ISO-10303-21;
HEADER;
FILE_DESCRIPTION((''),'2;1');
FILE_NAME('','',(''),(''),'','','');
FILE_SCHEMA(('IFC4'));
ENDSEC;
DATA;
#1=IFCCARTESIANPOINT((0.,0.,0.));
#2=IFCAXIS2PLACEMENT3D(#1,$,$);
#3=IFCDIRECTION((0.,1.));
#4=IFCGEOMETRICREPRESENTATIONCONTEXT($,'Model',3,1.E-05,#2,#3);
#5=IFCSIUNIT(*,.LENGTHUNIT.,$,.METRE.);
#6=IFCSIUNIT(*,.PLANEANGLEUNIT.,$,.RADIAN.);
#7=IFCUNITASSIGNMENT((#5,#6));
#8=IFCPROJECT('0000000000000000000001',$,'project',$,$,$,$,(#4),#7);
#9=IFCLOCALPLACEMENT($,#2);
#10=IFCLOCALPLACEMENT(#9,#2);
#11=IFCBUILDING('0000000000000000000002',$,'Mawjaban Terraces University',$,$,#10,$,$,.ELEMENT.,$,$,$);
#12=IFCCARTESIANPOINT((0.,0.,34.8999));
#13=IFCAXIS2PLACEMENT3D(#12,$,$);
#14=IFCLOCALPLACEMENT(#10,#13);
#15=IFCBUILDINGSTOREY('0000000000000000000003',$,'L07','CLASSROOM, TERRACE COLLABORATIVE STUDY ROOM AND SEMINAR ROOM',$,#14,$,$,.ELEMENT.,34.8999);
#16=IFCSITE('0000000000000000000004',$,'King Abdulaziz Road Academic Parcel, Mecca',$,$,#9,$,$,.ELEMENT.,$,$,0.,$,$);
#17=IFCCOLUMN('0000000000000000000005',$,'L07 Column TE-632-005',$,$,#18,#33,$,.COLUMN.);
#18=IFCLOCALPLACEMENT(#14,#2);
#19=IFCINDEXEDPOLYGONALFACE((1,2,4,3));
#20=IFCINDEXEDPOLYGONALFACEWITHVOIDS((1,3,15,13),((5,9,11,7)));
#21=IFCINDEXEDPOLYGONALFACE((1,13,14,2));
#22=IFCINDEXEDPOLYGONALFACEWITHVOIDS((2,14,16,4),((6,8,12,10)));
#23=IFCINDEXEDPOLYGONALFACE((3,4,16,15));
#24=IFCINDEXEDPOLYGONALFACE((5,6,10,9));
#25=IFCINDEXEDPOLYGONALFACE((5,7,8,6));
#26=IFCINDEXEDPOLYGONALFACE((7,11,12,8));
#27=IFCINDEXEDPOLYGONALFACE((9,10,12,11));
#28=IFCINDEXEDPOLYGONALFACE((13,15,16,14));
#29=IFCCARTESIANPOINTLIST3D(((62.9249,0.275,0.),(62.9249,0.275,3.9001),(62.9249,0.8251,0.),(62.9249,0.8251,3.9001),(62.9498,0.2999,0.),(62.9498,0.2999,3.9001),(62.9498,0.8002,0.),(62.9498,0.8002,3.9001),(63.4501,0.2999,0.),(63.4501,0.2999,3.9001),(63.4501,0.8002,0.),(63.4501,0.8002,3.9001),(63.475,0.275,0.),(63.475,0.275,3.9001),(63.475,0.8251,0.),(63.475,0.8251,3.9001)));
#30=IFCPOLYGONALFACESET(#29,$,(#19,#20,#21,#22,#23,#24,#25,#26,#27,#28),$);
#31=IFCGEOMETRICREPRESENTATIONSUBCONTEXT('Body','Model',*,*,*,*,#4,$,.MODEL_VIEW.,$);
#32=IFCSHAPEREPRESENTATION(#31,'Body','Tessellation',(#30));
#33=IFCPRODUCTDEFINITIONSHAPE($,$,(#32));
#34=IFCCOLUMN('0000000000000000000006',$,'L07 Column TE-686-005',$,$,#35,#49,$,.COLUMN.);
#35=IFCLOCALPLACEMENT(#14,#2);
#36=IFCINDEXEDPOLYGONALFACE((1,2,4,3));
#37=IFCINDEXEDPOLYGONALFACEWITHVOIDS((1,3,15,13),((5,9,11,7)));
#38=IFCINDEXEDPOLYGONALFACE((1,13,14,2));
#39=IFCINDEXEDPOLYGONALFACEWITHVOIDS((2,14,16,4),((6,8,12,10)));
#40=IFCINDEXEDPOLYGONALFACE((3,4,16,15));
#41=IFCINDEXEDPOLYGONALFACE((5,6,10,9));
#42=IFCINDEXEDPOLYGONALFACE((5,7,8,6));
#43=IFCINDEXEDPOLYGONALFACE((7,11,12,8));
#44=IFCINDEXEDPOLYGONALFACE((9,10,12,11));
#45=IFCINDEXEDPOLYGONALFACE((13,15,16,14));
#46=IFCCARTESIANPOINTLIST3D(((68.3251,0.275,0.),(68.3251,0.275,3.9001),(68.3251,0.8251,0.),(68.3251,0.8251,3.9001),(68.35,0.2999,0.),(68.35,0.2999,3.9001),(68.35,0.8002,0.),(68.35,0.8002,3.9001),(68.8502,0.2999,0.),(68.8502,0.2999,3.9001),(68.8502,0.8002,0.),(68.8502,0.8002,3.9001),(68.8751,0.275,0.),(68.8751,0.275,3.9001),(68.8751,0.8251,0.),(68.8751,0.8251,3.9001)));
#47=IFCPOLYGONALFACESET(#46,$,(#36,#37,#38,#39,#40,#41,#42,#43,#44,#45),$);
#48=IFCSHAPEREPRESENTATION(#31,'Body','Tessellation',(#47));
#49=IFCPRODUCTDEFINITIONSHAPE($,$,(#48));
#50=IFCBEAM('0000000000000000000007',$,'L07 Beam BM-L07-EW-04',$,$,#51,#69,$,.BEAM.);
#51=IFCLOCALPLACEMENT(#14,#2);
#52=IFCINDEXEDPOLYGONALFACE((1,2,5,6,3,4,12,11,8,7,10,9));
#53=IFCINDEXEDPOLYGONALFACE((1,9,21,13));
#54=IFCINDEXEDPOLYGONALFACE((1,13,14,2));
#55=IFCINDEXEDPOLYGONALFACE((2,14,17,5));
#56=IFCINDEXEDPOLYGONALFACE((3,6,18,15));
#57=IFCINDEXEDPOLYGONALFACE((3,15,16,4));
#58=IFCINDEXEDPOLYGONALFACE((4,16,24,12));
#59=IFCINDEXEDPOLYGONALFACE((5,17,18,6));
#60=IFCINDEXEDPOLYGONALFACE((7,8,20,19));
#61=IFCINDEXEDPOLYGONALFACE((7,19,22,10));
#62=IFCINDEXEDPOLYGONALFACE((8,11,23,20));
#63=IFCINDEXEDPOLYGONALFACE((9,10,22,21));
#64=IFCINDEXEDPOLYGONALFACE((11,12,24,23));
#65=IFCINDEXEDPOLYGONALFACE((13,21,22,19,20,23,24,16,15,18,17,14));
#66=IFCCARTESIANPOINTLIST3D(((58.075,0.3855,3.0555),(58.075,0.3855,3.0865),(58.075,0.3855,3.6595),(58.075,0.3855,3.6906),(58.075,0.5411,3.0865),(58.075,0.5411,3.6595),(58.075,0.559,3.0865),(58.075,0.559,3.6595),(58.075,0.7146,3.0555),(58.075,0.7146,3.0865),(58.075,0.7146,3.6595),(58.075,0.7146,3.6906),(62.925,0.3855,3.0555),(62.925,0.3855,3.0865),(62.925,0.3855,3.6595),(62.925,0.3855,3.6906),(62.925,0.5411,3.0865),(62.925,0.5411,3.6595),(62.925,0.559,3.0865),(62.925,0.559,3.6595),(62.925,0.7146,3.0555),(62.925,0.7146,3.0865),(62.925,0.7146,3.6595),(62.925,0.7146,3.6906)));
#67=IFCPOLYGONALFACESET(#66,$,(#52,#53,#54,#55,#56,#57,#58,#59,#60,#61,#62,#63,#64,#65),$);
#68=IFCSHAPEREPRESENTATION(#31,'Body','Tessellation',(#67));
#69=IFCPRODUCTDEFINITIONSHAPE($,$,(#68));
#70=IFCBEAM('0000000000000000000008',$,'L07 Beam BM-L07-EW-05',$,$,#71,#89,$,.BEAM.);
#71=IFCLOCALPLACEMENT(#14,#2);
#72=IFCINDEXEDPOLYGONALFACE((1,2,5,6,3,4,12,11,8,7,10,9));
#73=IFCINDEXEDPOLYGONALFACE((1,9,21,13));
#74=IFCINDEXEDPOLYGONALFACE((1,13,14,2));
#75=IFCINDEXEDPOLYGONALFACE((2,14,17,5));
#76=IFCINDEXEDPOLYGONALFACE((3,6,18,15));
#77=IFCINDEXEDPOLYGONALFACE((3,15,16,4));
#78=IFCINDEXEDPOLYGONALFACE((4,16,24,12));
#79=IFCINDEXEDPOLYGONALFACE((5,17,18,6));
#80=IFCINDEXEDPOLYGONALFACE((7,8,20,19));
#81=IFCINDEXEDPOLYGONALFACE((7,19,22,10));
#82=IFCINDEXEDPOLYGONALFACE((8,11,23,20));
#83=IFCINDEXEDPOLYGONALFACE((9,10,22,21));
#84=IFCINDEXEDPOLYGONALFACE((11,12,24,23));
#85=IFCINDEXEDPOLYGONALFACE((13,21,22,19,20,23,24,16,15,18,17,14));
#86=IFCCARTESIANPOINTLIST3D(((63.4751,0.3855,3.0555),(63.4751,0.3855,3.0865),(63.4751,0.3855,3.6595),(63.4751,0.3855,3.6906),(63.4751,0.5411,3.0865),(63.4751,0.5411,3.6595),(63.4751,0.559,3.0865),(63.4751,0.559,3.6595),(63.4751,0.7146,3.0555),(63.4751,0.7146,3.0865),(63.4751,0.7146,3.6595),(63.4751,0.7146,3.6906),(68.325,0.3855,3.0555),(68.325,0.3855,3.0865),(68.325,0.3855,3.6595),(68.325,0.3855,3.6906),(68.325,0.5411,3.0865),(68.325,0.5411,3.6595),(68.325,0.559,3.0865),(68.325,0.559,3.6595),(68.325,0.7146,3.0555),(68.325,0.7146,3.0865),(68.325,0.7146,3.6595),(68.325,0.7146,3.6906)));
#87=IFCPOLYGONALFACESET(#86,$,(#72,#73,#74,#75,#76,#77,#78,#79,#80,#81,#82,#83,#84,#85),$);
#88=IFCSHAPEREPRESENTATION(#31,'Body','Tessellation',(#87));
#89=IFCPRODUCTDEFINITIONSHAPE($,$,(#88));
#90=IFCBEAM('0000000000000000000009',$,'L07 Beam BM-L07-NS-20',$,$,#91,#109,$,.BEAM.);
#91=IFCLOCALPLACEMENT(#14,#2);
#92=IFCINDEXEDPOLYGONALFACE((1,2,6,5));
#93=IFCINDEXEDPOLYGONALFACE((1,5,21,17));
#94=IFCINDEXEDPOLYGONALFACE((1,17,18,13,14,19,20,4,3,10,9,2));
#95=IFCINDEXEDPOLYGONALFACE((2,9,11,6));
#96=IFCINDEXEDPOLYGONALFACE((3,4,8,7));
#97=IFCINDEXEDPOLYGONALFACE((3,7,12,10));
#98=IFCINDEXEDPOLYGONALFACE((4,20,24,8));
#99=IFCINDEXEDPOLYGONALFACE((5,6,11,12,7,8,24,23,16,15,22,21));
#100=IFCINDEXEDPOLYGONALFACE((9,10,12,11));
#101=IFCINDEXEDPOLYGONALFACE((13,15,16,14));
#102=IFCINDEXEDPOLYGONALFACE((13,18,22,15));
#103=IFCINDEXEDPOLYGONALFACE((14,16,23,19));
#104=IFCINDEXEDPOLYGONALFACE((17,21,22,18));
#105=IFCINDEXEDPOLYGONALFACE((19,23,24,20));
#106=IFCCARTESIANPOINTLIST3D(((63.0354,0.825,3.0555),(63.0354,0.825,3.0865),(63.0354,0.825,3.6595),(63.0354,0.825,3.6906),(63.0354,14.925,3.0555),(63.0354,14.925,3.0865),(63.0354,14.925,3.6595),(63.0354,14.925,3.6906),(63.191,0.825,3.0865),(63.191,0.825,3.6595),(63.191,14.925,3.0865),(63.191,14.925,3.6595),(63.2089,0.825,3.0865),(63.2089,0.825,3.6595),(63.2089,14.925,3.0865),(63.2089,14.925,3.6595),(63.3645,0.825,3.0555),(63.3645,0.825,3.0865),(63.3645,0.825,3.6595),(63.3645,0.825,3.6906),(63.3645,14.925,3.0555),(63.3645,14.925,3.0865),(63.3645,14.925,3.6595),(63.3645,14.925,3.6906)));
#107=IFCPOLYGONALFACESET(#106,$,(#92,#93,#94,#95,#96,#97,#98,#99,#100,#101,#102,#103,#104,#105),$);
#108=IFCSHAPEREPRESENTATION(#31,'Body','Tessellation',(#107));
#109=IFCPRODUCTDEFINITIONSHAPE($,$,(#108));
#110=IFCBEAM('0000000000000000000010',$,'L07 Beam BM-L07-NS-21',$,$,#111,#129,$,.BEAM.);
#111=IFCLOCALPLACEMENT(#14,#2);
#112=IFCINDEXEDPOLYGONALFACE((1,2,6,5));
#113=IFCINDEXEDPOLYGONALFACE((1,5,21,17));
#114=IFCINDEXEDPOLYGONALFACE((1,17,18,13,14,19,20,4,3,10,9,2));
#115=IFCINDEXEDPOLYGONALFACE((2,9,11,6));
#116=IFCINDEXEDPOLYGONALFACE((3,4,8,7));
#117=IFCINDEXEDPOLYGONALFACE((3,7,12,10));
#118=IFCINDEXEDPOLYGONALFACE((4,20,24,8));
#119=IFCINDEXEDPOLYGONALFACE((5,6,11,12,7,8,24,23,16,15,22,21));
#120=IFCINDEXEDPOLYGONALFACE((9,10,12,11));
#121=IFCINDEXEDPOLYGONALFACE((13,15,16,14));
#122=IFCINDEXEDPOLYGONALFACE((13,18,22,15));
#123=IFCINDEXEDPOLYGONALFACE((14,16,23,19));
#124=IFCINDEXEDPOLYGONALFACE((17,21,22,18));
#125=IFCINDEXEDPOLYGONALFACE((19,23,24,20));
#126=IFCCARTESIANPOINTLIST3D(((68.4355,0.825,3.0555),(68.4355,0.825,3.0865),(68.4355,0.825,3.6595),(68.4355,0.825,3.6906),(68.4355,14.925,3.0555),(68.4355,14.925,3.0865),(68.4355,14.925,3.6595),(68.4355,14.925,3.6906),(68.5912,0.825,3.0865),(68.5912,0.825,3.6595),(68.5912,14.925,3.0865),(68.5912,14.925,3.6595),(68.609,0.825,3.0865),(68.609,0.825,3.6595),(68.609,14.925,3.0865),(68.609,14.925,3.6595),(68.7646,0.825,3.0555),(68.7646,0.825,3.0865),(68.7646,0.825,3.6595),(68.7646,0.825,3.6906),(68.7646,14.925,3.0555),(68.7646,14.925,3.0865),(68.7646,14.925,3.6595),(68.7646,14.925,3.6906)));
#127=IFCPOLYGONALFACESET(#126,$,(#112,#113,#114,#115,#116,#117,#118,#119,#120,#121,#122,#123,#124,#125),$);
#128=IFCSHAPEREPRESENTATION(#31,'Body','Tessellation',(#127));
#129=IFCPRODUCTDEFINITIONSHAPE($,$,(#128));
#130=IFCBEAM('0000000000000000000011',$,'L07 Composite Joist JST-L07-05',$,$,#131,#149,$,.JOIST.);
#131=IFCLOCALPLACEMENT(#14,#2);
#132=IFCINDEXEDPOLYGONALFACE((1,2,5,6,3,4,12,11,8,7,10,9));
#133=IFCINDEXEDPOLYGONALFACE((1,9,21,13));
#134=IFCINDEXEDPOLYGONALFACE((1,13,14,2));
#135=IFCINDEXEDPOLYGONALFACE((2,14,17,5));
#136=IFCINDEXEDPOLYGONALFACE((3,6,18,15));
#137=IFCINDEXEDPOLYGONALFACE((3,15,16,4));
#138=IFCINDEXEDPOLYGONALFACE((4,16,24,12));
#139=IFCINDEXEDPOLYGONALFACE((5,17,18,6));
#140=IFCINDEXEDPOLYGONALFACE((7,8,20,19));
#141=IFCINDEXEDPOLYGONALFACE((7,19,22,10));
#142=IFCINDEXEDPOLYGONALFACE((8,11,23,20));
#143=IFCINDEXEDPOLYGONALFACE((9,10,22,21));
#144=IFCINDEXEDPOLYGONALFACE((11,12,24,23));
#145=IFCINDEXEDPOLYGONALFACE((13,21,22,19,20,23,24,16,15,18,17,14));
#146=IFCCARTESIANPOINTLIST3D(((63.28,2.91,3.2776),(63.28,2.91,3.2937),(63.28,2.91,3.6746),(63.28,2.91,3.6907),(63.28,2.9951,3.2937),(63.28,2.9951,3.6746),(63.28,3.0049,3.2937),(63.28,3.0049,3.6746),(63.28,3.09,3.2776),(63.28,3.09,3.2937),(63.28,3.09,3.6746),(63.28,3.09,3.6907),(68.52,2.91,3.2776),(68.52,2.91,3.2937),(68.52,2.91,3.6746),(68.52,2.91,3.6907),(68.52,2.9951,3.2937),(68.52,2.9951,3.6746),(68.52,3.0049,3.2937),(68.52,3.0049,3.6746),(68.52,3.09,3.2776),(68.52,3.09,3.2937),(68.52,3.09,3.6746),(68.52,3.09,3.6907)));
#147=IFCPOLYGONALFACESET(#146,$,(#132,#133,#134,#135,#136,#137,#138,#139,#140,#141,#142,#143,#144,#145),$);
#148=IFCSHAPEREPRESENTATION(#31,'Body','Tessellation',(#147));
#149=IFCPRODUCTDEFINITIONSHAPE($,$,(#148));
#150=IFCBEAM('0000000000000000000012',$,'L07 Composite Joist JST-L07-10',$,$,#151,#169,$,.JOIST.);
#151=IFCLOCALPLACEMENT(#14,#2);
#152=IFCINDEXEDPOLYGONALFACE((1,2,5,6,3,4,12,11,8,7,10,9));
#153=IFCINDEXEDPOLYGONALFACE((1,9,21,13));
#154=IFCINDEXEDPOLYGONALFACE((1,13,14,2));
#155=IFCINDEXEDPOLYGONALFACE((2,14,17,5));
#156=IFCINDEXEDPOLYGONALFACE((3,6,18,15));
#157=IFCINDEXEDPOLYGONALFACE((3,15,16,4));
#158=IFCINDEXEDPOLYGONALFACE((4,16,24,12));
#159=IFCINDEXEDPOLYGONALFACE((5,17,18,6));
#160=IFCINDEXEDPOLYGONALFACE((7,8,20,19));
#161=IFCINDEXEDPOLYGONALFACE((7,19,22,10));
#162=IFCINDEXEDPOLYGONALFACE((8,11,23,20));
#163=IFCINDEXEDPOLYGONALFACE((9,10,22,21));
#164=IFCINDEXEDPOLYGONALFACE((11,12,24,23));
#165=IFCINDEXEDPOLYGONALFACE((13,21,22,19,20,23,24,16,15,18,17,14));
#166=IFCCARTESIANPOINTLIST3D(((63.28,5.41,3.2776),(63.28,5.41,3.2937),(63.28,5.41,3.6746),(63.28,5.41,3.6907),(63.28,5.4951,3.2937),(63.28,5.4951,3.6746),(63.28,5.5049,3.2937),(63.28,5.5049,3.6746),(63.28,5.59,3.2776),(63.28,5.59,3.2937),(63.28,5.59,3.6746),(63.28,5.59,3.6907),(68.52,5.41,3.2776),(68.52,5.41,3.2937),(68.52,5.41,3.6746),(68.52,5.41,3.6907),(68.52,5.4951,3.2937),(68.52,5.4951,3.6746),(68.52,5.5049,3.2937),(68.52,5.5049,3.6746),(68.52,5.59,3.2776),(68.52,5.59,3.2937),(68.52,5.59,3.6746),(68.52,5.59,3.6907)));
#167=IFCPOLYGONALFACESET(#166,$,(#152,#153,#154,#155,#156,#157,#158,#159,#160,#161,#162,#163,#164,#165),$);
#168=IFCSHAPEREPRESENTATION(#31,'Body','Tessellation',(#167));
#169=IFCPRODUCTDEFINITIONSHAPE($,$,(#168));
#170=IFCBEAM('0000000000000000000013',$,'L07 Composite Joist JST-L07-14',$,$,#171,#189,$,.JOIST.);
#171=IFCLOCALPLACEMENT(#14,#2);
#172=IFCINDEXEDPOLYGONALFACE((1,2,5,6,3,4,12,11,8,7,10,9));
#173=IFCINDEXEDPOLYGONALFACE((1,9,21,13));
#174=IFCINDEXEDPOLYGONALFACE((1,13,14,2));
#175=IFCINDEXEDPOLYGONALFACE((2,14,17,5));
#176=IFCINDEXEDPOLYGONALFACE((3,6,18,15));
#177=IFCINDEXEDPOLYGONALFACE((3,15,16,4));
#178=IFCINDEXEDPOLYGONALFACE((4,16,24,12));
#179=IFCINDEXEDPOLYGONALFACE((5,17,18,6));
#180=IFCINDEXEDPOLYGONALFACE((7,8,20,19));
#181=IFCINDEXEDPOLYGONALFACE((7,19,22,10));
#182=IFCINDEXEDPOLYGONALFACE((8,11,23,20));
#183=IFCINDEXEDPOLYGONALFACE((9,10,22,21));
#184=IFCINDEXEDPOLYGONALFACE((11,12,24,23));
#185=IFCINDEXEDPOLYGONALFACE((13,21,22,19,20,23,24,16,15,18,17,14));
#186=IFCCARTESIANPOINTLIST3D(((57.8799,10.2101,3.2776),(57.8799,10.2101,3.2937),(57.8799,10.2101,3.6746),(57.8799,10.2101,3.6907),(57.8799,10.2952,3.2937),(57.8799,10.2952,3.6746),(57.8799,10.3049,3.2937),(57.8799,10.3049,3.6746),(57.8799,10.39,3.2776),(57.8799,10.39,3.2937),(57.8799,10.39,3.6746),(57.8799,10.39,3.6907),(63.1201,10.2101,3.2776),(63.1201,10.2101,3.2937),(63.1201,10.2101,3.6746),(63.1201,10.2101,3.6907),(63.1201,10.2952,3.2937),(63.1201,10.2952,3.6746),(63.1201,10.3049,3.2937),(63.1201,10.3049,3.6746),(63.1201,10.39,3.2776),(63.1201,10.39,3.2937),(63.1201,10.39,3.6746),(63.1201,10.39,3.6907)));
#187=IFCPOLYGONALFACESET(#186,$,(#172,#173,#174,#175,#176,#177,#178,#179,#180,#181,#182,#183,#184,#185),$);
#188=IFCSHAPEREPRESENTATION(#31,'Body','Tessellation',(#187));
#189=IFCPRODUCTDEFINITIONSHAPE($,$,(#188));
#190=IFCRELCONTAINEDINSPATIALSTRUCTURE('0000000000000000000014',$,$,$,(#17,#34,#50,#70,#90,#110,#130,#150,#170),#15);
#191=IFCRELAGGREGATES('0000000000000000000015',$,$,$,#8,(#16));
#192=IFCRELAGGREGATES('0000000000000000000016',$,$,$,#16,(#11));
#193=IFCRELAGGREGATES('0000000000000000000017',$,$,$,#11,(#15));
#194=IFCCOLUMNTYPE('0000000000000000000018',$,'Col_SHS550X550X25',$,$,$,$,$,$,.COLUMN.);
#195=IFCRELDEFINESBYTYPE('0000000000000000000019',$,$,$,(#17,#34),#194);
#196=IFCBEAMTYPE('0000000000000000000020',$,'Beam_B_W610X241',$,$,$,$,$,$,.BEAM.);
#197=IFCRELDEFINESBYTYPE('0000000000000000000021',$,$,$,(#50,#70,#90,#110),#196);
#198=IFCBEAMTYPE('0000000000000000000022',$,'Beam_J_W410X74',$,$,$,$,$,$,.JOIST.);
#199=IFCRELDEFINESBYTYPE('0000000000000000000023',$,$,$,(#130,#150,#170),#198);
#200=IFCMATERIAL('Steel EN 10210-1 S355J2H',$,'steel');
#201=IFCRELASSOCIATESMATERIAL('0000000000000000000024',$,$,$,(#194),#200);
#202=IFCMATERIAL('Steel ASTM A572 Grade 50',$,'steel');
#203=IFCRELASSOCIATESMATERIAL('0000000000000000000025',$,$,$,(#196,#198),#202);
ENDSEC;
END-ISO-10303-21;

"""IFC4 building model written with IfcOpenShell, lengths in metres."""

from ifc_helpers import new_model, si_unit, direction, frame, origin, origin_2d, place, context, subcontext, project, spatial, hollow_rectangle, i_section, extrude, material, material_profile, profile_set, type_object, element, save


model = new_model("IFC4")

# Units and contexts
model_context = context("Model", 3, precision=1e-05, world=origin(), true_north=direction((0.0, 1.0)))
body_context = subcontext(model_context, "Body", "Model", "MODEL_VIEW")
ifc_project = project(units=[si_unit("LENGTHUNIT", "METRE"), si_unit("PLANEANGLEUNIT", "RADIAN")], contexts=[model_context])

# Site, building, storey
site_placement = place(None, origin())
site = spatial("IfcSite", under=ifc_project, at=site_placement, Name="King Abdulaziz Road Academic Parcel, Mecca", CompositionType="ELEMENT", RefElevation=0.0)
building_placement = place(site_placement, origin())
building = spatial("IfcBuilding", under=site, at=building_placement, Name="Mawjaban Terraces University", CompositionType="ELEMENT")
storey_placement = place(building_placement, frame((0.0, 0.0, 34.8999)))
storey = spatial("IfcBuildingStorey", under=building, at=storey_placement, Name="L07", Description="CLASSROOM, TERRACE COLLABORATIVE STUDY ROOM AND SEMINAR ROOM", CompositionType="ELEMENT", Elevation=34.8999)

# Columns
ifc_material_1 = material(Name="Steel EN 10210-1 S355J2H", Category="steel")
ifc_material_profile_1 = material_profile(ifc_material_1, hollow_rectangle(XDim=0.55, YDim=0.55, WallThickness=0.0249, at=origin_2d()), Name="SHS550X550X25")
ifc_profile_set_1 = profile_set([ifc_material_profile_1], Name="Steel EN 10210-1 S355J2H")
column_type = type_object("IfcColumnType", Name="Col_SHS550X550X25", PredefinedType="COLUMN", material=ifc_profile_set_1)
for number, where, z_axis, x_axis, name in (
    (1, (63.2, 0.55, 0.0), (0.0, 0.0, 1.0), (1.0, 0.0, 0.0), "L07 Column TE-632-005"),
    (2, (68.6001, 0.55, 0.0), (0.0, 0.0, 1.0), (1.0, 0.0, 0.0), "L07 Column TE-686-005"),
):
    element("IfcColumn", number, at=place(storey_placement, frame(where, z_axis=z_axis, x_axis=x_axis)), inside=storey, type_object=column_type, Name=name, PredefinedType="COLUMN", context=body_context, shape_type="SweptSolid", body=[
        extrude(hollow_rectangle(XDim=0.55, YDim=0.55, WallThickness=0.0249, at=origin_2d()), origin(), (0.0, 0.0, 1.0), 3.9001),
    ])

# Beams
ifc_material_2 = material(Name="Steel ASTM A572 Grade 50", Category="steel")
ifc_material_profile_2 = material_profile(ifc_material_2, i_section(OverallWidth=0.3291, OverallDepth=0.635, WebThickness=0.0178, FlangeThickness=0.031, at=origin_2d()), Name="W610X241")
ifc_profile_set_2 = profile_set([ifc_material_profile_2], Name="Steel ASTM A572 Grade 50")
beam_type_1 = type_object("IfcBeamType", Name="Beam_B_W610X241", PredefinedType="BEAM", material=ifc_profile_set_2)
beam_1_placement = place(storey_placement, frame((58.075, 0.55, 3.373), z_axis=(1.0, 0.0, 0.0), x_axis=(0.0, 1.0, 0.0)))
element("IfcBeam", 3, at=beam_1_placement, inside=storey, type_object=beam_type_1, Name="L07 Beam BM-L07-EW-04", PredefinedType="BEAM", context=body_context, shape_type="SweptSolid", body=[
    extrude(i_section(OverallWidth=0.3291, OverallDepth=0.635, WebThickness=0.0178, FlangeThickness=0.031, at=origin_2d()), origin(), (0.0, 0.0, 1.0), 4.8501),
])
beam_2_placement = place(storey_placement, frame((63.4751, 0.55, 3.373), z_axis=(1.0, 0.0, 0.0), x_axis=(0.0, 1.0, 0.0)))
element("IfcBeam", 4, at=beam_2_placement, inside=storey, type_object=beam_type_1, Name="L07 Beam BM-L07-EW-05", PredefinedType="BEAM", context=body_context, shape_type="SweptSolid", body=[
    extrude(i_section(OverallWidth=0.3291, OverallDepth=0.635, WebThickness=0.0178, FlangeThickness=0.031, at=origin_2d()), origin(), (0.0, 0.0, 1.0), 4.8499),
])
for number, where, z_axis, x_axis, name in (
    (5, (63.2, 0.825, 3.373), (0.0, 1.0, 0.0), (-1.0, 0.0, 0.0), "L07 Beam BM-L07-NS-20"),
    (6, (68.6001, 0.825, 3.373), (0.0, 1.0, 0.0), (-1.0, 0.0, 0.0), "L07 Beam BM-L07-NS-21"),
):
    element("IfcBeam", number, at=place(storey_placement, frame(where, z_axis=z_axis, x_axis=x_axis)), inside=storey, type_object=beam_type_1, Name=name, PredefinedType="BEAM", context=body_context, shape_type="SweptSolid", body=[
        extrude(i_section(OverallWidth=0.3291, OverallDepth=0.635, WebThickness=0.0178, FlangeThickness=0.031, at=origin_2d()), origin(), (0.0, 0.0, 1.0), 14.1001),
    ])
ifc_material_profile_3 = material_profile(ifc_material_2, i_section(OverallWidth=0.1799, OverallDepth=0.4131, WebThickness=0.0098, FlangeThickness=0.0161, at=origin_2d()), Name="W410X74")
ifc_profile_set_3 = profile_set([ifc_material_profile_3], Name="Steel ASTM A572 Grade 50")
beam_type_2 = type_object("IfcBeamType", Name="Beam_J_W410X74", PredefinedType="JOIST", material=ifc_profile_set_3)
for number, where, z_axis, x_axis, name in (
    (7, (63.28, 3.0, 3.4841), (1.0, 0.0, 0.0), (0.0, 1.0, 0.0), "L07 Composite Joist JST-L07-05"),
    (8, (63.28, 5.5, 3.4841), (1.0, 0.0, 0.0), (0.0, 1.0, 0.0), "L07 Composite Joist JST-L07-10"),
):
    element("IfcBeam", number, at=place(storey_placement, frame(where, z_axis=z_axis, x_axis=x_axis)), inside=storey, type_object=beam_type_2, Name=name, PredefinedType="JOIST", context=body_context, shape_type="SweptSolid", body=[
        extrude(i_section(OverallWidth=0.1799, OverallDepth=0.4131, WebThickness=0.0098, FlangeThickness=0.0161, at=origin_2d()), origin(), (0.0, 0.0, 1.0), 5.24),
    ])
beam_3_placement = place(storey_placement, frame((57.8799, 10.3, 3.4841), z_axis=(1.0, 0.0, 0.0), x_axis=(0.0, 1.0, 0.0)))
element("IfcBeam", 9, at=beam_3_placement, inside=storey, type_object=beam_type_2, Name="L07 Composite Joist JST-L07-14", PredefinedType="JOIST", context=body_context, shape_type="SweptSolid", body=[
    extrude(i_section(OverallWidth=0.1799, OverallDepth=0.4131, WebThickness=0.0098, FlangeThickness=0.0161, at=origin_2d()), origin(), (0.0, 0.0, 1.0), 5.2402),
])

save(model, "model.ifc")
